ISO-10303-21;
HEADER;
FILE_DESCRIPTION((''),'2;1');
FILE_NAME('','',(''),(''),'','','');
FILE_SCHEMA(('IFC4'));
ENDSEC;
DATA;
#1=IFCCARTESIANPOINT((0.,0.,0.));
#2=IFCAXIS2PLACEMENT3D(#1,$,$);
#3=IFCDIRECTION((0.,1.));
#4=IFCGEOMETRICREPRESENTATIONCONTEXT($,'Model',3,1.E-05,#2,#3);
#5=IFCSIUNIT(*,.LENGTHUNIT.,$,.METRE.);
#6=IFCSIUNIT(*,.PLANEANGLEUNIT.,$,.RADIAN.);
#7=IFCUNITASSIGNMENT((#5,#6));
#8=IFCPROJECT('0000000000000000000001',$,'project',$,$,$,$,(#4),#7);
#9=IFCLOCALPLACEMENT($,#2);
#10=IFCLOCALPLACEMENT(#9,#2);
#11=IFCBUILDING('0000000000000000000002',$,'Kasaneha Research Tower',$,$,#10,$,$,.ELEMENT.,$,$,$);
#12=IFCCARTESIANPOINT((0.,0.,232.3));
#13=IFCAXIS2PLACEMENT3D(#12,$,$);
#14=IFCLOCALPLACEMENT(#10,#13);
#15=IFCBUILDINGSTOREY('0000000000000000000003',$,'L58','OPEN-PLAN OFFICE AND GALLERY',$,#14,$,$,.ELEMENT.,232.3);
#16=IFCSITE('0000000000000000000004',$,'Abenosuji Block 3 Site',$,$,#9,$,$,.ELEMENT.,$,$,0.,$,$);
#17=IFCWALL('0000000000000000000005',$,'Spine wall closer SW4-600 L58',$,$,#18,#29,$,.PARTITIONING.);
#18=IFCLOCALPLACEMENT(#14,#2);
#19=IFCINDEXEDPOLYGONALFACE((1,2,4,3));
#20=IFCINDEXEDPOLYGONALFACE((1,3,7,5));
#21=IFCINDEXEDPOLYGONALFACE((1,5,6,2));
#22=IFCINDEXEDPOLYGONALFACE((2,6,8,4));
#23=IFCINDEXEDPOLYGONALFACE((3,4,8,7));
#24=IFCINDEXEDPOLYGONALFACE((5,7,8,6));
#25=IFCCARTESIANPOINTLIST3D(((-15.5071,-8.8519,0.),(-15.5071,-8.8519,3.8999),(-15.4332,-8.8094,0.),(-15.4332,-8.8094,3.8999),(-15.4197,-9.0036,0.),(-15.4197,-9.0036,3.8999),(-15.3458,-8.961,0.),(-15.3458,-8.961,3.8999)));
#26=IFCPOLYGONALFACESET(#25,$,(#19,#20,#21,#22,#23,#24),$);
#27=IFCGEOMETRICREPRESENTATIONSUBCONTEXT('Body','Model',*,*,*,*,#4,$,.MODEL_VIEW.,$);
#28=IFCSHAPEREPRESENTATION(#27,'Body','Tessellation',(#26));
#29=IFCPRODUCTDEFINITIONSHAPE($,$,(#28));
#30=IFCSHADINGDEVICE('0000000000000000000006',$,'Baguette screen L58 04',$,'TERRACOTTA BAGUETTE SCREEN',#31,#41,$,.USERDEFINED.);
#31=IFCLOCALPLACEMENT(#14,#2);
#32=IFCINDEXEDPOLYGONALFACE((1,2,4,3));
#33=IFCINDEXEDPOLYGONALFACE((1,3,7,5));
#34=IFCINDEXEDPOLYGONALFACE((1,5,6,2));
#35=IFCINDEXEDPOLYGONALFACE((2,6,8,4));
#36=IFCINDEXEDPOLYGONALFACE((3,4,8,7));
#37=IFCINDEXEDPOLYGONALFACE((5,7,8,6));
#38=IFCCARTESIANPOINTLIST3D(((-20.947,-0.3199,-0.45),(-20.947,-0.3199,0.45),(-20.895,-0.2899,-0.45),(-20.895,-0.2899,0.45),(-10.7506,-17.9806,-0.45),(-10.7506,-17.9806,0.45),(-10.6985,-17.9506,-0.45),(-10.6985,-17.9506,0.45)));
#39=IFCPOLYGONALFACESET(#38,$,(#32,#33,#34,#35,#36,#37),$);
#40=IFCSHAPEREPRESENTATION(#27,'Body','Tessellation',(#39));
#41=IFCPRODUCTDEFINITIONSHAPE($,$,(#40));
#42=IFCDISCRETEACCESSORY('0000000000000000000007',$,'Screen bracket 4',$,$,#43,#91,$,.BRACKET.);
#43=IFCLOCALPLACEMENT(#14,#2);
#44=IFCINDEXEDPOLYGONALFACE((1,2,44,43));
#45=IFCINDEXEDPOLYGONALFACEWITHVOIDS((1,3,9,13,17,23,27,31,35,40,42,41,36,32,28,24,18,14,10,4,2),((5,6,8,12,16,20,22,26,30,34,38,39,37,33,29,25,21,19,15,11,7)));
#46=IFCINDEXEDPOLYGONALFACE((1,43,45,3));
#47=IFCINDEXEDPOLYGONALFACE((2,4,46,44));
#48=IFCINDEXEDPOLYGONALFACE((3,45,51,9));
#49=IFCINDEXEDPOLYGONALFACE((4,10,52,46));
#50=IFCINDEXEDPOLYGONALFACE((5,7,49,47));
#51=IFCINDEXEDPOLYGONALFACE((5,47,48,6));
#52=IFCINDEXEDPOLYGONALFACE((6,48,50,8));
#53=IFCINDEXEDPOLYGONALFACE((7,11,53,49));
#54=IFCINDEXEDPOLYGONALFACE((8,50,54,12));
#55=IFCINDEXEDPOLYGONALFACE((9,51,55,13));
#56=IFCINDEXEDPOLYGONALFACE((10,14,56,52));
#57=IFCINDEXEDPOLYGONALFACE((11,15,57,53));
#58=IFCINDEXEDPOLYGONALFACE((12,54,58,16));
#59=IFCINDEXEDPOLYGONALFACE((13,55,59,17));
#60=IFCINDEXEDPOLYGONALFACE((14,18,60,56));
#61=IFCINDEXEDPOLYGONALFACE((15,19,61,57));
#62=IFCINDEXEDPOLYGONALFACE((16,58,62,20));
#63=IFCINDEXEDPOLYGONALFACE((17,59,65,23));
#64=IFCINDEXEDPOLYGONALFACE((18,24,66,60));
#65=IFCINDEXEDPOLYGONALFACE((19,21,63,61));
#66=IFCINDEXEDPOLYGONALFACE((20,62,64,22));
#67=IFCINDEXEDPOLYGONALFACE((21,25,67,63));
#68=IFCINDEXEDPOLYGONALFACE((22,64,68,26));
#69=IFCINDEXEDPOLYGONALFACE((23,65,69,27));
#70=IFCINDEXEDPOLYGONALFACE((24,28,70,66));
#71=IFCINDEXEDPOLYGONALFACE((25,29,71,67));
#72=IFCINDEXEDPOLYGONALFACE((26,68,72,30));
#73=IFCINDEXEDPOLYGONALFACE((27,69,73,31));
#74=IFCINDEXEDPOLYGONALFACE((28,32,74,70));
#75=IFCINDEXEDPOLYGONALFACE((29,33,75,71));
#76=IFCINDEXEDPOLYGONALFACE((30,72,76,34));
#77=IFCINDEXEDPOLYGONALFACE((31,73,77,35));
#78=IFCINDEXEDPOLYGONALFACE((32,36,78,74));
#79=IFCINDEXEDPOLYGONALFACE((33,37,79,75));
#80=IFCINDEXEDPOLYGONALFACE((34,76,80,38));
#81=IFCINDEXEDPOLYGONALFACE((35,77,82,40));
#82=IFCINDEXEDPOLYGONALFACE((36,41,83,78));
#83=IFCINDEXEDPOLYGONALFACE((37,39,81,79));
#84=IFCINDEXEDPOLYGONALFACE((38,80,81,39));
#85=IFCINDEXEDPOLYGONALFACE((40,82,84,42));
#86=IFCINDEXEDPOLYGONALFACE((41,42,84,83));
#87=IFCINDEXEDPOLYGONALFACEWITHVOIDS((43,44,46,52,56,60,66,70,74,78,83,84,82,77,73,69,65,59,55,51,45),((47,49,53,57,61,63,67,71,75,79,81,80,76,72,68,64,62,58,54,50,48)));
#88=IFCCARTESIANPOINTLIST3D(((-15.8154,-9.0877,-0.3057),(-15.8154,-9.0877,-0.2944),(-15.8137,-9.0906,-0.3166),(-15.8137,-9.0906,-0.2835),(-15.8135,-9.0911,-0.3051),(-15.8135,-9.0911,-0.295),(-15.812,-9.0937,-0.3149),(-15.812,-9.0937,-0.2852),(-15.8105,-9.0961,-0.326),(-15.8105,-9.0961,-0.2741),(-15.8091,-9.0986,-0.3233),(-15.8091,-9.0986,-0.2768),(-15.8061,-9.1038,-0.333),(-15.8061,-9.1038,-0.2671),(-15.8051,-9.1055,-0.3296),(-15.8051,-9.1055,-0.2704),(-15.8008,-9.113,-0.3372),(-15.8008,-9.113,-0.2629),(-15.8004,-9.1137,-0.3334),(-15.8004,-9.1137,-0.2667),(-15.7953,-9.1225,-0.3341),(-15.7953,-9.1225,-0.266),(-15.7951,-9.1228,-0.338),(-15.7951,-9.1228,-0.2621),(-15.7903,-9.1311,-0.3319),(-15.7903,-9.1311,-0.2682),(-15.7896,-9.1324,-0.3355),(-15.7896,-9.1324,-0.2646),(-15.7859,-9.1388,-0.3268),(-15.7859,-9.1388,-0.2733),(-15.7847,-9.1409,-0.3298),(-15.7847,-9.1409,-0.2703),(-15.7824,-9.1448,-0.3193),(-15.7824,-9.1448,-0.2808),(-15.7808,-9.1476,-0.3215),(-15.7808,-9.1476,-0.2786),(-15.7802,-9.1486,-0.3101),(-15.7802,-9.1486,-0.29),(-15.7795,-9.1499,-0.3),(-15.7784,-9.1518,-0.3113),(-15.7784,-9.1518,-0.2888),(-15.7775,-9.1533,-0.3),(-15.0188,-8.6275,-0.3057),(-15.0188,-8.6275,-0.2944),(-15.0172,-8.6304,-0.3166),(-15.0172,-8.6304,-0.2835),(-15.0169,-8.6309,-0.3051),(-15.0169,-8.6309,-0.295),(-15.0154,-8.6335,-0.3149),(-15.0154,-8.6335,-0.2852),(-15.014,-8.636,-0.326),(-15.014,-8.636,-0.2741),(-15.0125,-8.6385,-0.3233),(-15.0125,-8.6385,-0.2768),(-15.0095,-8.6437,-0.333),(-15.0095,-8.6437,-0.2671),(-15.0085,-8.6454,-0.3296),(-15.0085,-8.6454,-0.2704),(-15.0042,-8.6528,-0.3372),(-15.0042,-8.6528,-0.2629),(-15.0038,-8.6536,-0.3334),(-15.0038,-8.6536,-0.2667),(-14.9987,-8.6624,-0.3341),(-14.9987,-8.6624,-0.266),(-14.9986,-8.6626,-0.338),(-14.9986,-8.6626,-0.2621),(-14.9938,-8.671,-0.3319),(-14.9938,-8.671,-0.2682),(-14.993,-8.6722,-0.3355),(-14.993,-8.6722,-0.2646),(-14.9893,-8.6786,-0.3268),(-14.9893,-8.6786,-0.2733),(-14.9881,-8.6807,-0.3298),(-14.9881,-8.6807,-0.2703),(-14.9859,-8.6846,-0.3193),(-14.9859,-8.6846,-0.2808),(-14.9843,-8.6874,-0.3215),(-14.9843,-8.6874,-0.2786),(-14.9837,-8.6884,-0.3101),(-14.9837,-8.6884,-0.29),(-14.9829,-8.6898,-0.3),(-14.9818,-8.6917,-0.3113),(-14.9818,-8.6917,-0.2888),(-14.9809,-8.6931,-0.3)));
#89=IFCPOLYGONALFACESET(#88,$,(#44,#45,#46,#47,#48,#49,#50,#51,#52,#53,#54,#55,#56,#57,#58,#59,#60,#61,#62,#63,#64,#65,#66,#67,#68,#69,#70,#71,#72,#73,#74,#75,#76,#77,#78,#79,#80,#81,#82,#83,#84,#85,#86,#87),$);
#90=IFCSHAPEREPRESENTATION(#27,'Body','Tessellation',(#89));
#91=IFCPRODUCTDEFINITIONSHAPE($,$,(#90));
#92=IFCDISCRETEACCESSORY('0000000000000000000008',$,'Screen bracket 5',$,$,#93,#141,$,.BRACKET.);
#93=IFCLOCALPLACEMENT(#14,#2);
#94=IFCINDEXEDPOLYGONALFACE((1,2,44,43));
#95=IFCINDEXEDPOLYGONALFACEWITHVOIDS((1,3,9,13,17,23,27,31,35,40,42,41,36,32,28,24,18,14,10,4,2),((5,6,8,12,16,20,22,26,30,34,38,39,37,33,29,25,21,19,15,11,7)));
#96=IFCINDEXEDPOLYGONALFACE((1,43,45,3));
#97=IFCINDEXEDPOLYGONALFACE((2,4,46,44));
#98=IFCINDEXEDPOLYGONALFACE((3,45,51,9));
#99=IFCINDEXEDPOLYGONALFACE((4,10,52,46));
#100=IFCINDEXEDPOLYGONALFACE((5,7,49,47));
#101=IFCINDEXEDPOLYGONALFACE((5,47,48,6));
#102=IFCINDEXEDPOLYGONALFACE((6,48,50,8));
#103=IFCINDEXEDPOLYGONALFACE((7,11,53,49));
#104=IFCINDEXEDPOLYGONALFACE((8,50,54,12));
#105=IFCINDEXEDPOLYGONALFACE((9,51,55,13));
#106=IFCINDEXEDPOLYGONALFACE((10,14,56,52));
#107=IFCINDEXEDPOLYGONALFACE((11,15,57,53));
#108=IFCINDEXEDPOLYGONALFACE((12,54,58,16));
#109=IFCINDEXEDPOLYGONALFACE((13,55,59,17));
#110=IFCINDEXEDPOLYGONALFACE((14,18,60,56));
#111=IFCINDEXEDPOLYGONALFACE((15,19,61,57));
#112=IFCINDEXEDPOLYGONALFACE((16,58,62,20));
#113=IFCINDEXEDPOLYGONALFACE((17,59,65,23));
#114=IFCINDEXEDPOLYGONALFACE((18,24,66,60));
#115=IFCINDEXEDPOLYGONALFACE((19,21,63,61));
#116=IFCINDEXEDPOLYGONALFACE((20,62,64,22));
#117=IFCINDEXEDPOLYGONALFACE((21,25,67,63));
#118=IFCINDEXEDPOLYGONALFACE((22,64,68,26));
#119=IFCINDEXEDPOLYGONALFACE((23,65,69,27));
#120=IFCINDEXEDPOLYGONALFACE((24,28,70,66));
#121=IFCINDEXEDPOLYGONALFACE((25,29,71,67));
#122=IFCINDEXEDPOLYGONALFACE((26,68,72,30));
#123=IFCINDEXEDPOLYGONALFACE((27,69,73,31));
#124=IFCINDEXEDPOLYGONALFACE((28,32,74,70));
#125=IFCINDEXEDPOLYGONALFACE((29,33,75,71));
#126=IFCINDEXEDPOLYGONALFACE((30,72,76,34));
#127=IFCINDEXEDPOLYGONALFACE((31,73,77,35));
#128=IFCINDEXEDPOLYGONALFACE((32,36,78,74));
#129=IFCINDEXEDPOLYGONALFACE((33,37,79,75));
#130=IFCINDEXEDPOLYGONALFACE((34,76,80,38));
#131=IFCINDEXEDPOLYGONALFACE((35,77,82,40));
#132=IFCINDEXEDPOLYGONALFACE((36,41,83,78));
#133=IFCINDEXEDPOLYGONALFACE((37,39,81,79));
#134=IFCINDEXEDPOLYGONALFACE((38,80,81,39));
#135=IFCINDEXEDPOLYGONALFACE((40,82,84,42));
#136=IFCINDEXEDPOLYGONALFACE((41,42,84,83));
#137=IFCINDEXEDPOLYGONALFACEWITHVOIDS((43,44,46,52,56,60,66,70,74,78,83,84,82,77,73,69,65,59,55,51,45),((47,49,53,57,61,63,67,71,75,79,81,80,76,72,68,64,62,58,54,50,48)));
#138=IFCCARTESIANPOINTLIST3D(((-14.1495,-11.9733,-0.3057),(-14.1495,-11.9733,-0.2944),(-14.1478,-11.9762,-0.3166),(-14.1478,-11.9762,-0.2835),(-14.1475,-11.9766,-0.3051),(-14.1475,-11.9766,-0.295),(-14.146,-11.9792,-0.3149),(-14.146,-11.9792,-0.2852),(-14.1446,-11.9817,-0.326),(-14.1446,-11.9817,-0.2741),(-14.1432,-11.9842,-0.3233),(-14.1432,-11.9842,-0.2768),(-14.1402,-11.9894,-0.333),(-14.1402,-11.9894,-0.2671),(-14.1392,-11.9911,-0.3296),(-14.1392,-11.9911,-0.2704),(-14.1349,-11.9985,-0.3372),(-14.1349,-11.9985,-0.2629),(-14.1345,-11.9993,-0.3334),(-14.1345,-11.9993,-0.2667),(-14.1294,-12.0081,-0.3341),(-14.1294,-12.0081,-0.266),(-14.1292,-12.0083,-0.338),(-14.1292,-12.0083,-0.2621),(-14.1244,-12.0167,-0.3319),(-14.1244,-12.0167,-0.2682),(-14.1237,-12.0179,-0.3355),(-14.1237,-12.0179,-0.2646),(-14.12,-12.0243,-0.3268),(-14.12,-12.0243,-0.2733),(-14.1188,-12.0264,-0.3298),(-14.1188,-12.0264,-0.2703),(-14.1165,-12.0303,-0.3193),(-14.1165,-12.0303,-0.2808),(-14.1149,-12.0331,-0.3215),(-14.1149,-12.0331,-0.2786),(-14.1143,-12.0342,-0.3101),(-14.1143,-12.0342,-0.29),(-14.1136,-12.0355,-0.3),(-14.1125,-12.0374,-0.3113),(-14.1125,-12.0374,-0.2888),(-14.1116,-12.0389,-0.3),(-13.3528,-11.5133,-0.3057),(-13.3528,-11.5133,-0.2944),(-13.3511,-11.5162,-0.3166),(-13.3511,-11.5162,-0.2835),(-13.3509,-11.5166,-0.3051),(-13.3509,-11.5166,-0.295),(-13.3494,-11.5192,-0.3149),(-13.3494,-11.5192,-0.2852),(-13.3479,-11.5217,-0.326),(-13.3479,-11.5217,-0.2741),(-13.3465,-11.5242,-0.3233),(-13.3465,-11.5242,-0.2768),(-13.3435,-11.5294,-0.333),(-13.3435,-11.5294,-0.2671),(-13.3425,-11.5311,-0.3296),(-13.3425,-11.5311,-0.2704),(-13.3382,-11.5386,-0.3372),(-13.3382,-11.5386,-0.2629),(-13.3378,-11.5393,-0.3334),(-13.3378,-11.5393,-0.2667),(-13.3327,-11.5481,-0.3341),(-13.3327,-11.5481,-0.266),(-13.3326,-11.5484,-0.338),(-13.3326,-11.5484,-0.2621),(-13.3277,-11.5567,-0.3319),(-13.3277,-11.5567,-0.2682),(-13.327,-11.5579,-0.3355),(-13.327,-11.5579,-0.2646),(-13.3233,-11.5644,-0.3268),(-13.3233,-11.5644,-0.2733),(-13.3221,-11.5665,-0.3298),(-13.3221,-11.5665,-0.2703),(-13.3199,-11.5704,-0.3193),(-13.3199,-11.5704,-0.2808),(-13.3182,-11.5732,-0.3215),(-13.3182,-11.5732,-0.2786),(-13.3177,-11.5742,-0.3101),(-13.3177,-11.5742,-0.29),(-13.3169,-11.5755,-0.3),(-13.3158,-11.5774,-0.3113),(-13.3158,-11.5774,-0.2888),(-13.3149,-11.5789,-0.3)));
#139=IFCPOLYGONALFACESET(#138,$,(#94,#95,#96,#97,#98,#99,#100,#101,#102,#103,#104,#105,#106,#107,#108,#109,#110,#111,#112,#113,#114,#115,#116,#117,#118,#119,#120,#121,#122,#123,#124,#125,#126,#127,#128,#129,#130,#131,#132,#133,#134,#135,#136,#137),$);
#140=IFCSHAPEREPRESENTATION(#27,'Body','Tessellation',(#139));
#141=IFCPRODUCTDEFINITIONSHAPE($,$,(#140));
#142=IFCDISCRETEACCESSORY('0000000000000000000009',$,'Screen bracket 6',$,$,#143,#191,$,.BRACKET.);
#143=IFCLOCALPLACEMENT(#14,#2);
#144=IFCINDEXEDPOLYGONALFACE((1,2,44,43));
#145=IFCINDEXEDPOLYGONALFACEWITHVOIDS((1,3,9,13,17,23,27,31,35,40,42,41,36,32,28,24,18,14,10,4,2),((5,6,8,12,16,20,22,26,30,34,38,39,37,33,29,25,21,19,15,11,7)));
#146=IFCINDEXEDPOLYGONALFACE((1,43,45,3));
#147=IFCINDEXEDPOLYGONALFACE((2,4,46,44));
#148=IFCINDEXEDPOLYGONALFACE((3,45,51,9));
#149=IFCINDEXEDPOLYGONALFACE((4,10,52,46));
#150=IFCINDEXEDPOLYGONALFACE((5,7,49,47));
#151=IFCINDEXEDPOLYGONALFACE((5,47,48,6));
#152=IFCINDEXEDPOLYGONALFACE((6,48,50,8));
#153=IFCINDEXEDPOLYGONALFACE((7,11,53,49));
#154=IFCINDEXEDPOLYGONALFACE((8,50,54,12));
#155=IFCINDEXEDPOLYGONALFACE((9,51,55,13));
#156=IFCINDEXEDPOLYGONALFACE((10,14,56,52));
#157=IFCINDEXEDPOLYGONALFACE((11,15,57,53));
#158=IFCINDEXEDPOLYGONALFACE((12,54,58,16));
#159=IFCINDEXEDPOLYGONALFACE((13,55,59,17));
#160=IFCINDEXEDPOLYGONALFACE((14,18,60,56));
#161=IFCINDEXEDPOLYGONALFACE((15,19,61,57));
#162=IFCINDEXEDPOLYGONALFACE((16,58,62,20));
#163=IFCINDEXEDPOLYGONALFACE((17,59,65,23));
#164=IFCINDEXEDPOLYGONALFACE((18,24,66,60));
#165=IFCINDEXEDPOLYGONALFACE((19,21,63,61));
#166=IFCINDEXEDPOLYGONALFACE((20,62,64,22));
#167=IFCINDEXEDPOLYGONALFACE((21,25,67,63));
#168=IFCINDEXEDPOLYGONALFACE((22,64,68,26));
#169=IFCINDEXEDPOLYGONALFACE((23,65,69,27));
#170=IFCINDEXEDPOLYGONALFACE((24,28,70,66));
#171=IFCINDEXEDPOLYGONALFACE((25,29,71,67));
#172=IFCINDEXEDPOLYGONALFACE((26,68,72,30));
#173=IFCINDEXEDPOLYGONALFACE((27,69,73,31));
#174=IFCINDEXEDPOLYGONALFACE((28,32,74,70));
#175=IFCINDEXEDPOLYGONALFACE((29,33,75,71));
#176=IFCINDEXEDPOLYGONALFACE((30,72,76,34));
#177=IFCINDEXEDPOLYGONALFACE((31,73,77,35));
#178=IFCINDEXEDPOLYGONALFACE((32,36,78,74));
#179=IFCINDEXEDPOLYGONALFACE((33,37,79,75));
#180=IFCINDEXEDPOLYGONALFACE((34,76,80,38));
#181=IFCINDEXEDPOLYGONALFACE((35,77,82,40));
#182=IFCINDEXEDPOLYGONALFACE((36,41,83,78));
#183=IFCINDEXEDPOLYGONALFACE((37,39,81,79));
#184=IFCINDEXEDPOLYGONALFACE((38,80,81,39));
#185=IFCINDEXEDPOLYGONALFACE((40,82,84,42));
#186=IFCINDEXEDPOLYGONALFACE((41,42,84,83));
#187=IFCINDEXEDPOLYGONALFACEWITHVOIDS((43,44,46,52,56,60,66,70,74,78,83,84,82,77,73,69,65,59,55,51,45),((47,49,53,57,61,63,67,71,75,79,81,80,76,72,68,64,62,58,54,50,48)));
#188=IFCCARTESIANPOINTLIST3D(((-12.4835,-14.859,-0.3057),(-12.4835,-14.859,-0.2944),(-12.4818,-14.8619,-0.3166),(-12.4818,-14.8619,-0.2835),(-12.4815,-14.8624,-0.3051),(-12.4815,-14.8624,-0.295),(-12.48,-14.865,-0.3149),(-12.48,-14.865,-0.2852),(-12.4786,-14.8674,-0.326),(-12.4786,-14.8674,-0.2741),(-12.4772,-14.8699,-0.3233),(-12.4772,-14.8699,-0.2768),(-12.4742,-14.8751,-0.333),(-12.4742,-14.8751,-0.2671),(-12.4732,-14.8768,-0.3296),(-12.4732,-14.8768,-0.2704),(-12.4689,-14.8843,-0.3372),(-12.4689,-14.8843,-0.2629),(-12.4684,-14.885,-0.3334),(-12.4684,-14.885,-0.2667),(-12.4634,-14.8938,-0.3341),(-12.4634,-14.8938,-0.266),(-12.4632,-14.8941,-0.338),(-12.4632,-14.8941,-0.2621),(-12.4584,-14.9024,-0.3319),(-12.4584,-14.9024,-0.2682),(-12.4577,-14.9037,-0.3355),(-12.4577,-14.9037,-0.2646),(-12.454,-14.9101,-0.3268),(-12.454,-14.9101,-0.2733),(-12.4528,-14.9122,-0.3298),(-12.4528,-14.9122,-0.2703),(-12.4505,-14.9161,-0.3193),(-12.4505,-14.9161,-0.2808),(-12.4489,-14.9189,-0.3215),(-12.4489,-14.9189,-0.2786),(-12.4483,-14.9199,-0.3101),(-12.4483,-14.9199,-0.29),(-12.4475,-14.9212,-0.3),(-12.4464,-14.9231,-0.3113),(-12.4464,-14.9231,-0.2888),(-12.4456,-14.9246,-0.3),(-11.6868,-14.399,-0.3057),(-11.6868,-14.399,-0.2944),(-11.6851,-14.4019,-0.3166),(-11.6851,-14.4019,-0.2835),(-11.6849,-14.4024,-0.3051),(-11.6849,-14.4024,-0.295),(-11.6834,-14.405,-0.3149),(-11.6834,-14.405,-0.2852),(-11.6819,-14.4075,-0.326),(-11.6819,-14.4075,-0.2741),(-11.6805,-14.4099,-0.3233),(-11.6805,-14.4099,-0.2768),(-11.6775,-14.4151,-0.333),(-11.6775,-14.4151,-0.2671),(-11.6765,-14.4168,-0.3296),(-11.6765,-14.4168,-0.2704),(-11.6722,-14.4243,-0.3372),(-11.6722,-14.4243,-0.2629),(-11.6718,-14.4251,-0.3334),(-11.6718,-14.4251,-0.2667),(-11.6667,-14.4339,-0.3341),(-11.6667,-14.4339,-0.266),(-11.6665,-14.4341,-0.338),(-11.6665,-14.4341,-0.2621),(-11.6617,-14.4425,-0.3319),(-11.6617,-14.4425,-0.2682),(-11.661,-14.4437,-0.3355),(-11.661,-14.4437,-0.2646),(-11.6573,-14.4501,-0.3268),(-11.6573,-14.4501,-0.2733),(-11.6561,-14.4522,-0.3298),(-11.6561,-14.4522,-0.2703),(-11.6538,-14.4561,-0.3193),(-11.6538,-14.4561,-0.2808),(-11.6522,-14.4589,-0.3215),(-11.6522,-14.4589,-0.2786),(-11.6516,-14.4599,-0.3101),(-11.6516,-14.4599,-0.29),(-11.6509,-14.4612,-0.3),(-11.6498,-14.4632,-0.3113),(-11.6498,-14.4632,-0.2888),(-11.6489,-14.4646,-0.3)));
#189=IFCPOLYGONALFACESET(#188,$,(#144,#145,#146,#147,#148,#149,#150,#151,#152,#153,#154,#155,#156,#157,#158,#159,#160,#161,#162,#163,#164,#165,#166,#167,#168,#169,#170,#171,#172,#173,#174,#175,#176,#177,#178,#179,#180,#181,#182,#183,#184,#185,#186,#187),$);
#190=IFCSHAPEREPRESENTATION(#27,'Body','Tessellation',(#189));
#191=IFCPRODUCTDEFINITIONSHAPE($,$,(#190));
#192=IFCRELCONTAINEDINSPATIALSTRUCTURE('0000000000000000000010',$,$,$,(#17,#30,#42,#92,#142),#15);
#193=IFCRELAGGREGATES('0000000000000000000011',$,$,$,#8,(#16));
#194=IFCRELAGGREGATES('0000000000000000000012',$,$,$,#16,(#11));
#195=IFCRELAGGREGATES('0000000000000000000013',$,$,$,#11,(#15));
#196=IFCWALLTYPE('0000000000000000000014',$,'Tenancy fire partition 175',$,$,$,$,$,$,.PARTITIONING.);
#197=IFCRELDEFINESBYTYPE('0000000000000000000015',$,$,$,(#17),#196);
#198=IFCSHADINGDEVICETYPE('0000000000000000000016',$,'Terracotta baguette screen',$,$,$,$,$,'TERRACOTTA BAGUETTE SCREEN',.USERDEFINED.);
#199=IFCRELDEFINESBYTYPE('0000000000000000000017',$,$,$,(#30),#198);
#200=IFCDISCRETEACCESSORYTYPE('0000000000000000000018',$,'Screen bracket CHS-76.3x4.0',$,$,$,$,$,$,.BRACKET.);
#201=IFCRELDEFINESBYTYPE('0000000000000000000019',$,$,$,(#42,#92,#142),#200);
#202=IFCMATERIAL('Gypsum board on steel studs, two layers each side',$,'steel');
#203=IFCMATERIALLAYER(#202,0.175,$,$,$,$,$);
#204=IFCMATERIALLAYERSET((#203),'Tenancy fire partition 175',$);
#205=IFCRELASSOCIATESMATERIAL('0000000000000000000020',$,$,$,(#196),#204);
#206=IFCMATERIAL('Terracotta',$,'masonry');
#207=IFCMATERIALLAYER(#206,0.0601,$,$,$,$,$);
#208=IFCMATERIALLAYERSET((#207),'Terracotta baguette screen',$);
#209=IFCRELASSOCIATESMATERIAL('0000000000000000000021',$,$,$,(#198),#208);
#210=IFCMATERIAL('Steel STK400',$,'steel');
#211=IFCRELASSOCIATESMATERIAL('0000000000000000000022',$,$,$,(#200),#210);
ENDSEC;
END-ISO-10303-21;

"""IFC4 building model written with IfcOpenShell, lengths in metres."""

from ifc_helpers import new_model, si_unit, direction, frame, frame_2d, origin, origin_2d, place, context, subcontext, project, spatial, rectangle, hollow_circle, extrude, material, layer, layer_set, material_profile, profile_set, type_object, element, save


model = new_model("IFC4")

# Units and contexts
model_context = context("Model", 3, precision=1e-05, world=origin(), true_north=direction((0.0, 1.0)))
body_context = subcontext(model_context, "Body", "Model", "MODEL_VIEW")
ifc_project = project(units=[si_unit("LENGTHUNIT", "METRE"), si_unit("PLANEANGLEUNIT", "RADIAN")], contexts=[model_context])

# Site, building, storey
site_placement = place(None, origin())
site = spatial("IfcSite", under=ifc_project, at=site_placement, Name="Abenosuji Block 3 Site", CompositionType="ELEMENT", RefElevation=0.0)
building_placement = place(site_placement, origin())
building = spatial("IfcBuilding", under=site, at=building_placement, Name="Kasaneha Research Tower", CompositionType="ELEMENT")
storey_placement = place(building_placement, frame((0.0, 0.0, 232.3)))
storey = spatial("IfcBuildingStorey", under=building, at=storey_placement, Name="L58", Description="OPEN-PLAN OFFICE AND GALLERY", CompositionType="ELEMENT", Elevation=232.3)

# Wall
ifc_material_1 = material(Name="Gypsum board on steel studs, two layers each side", Category="steel")
ifc_layer_1 = layer(ifc_material_1, 0.175)
ifc_layer_set_1 = layer_set([ifc_layer_1], Name="Tenancy fire partition 175")
wall_type_1 = type_object("IfcWallType", Name="Tenancy fire partition 175", PredefinedType="PARTITIONING", material=ifc_layer_set_1)
wall_1_placement = place(storey_placement, frame((-15.3896, -8.8853, 0.0), z_axis=(0.0, 0.0, 1.0), x_axis=(-0.866472, -0.499226, 0.0)))
element("IfcWall", 1, at=wall_1_placement, inside=storey, type_object=wall_type_1, Name="Spine wall closer SW4-600 L58", PredefinedType="PARTITIONING", context=body_context, shape_type="SweptSolid", body=[
    extrude(rectangle(XDim=0.0852, YDim=0.175, at=frame_2d((0.0425, 0.0))), origin(), (0.0, 0.0, 1.0), 3.8999),
])

# Shading device
ifc_material_2 = material(Name="Terracotta", Category="masonry")
ifc_layer_2 = layer(ifc_material_2, 0.0601)
ifc_layer_set_2 = layer_set([ifc_layer_2], Name="Terracotta baguette screen")
shading_device_type = type_object("IfcShadingDeviceType", Name="Terracotta baguette screen", ElementType="TERRACOTTA BAGUETTE SCREEN", PredefinedType="USERDEFINED", material=ifc_layer_set_2)
shading_device_placement = place(storey_placement, frame((-15.8228, -9.1353, -0.45), z_axis=(0.0, 0.0, 1.0), x_axis=(0.5, -0.866025, 0.0)))
element("IfcShadingDevice", 2, at=shading_device_placement, inside=storey, type_object=shading_device_type, Name="Baguette screen L58 04", ObjectType="TERRACOTTA BAGUETTE SCREEN", PredefinedType="USERDEFINED", context=body_context, shape_type="SweptSolid", body=[
    extrude(rectangle(XDim=20.3928, YDim=0.0601, at=origin_2d()), origin(), (0.0, 0.0, 1.0), 0.8999),
])

# Discrete accessories
ifc_material_3 = material(Name="Steel STK400", Category="steel")
ifc_material_profile_1 = material_profile(ifc_material_3, hollow_circle(Radius=0.0381, WallThickness=0.0039, at=origin_2d()), Name="CHS-76.3x4.0")
ifc_profile_set_1 = profile_set([ifc_material_profile_1], Name="Steel STK400")
discrete_accessory_type = type_object("IfcDiscreteAccessoryType", Name="Screen bracket CHS-76.3x4.0", PredefinedType="BRACKET", material=ifc_profile_set_1)
for number, where, z_axis, x_axis, name in (
    (3, (-15.0, -8.6602, -0.3), (-0.865898, -0.50022, 0.0), (0.50022, -0.865898, 0.0), "Screen bracket 4"),
    (4, (-13.334, -11.5459, -0.3), (-0.866013, -0.500021, 0.0), (0.500021, -0.866013, 0.0), "Screen bracket 5"),
    (5, (-11.668, -14.4316, -0.3), (-0.866013, -0.500021, 0.0), (0.500021, -0.866013, 0.0), "Screen bracket 6"),
):
    element("IfcDiscreteAccessory", number, at=place(storey_placement, frame(where, z_axis=z_axis, x_axis=x_axis)), inside=storey, type_object=discrete_accessory_type, Name=name, PredefinedType="BRACKET", context=body_context, shape_type="SweptSolid", body=[
        extrude(hollow_circle(Radius=0.0381, WallThickness=0.0039, at=origin_2d()), origin(), (0.0, 0.0, 1.0), 0.9199),
    ])

save(model, "model.ifc")
